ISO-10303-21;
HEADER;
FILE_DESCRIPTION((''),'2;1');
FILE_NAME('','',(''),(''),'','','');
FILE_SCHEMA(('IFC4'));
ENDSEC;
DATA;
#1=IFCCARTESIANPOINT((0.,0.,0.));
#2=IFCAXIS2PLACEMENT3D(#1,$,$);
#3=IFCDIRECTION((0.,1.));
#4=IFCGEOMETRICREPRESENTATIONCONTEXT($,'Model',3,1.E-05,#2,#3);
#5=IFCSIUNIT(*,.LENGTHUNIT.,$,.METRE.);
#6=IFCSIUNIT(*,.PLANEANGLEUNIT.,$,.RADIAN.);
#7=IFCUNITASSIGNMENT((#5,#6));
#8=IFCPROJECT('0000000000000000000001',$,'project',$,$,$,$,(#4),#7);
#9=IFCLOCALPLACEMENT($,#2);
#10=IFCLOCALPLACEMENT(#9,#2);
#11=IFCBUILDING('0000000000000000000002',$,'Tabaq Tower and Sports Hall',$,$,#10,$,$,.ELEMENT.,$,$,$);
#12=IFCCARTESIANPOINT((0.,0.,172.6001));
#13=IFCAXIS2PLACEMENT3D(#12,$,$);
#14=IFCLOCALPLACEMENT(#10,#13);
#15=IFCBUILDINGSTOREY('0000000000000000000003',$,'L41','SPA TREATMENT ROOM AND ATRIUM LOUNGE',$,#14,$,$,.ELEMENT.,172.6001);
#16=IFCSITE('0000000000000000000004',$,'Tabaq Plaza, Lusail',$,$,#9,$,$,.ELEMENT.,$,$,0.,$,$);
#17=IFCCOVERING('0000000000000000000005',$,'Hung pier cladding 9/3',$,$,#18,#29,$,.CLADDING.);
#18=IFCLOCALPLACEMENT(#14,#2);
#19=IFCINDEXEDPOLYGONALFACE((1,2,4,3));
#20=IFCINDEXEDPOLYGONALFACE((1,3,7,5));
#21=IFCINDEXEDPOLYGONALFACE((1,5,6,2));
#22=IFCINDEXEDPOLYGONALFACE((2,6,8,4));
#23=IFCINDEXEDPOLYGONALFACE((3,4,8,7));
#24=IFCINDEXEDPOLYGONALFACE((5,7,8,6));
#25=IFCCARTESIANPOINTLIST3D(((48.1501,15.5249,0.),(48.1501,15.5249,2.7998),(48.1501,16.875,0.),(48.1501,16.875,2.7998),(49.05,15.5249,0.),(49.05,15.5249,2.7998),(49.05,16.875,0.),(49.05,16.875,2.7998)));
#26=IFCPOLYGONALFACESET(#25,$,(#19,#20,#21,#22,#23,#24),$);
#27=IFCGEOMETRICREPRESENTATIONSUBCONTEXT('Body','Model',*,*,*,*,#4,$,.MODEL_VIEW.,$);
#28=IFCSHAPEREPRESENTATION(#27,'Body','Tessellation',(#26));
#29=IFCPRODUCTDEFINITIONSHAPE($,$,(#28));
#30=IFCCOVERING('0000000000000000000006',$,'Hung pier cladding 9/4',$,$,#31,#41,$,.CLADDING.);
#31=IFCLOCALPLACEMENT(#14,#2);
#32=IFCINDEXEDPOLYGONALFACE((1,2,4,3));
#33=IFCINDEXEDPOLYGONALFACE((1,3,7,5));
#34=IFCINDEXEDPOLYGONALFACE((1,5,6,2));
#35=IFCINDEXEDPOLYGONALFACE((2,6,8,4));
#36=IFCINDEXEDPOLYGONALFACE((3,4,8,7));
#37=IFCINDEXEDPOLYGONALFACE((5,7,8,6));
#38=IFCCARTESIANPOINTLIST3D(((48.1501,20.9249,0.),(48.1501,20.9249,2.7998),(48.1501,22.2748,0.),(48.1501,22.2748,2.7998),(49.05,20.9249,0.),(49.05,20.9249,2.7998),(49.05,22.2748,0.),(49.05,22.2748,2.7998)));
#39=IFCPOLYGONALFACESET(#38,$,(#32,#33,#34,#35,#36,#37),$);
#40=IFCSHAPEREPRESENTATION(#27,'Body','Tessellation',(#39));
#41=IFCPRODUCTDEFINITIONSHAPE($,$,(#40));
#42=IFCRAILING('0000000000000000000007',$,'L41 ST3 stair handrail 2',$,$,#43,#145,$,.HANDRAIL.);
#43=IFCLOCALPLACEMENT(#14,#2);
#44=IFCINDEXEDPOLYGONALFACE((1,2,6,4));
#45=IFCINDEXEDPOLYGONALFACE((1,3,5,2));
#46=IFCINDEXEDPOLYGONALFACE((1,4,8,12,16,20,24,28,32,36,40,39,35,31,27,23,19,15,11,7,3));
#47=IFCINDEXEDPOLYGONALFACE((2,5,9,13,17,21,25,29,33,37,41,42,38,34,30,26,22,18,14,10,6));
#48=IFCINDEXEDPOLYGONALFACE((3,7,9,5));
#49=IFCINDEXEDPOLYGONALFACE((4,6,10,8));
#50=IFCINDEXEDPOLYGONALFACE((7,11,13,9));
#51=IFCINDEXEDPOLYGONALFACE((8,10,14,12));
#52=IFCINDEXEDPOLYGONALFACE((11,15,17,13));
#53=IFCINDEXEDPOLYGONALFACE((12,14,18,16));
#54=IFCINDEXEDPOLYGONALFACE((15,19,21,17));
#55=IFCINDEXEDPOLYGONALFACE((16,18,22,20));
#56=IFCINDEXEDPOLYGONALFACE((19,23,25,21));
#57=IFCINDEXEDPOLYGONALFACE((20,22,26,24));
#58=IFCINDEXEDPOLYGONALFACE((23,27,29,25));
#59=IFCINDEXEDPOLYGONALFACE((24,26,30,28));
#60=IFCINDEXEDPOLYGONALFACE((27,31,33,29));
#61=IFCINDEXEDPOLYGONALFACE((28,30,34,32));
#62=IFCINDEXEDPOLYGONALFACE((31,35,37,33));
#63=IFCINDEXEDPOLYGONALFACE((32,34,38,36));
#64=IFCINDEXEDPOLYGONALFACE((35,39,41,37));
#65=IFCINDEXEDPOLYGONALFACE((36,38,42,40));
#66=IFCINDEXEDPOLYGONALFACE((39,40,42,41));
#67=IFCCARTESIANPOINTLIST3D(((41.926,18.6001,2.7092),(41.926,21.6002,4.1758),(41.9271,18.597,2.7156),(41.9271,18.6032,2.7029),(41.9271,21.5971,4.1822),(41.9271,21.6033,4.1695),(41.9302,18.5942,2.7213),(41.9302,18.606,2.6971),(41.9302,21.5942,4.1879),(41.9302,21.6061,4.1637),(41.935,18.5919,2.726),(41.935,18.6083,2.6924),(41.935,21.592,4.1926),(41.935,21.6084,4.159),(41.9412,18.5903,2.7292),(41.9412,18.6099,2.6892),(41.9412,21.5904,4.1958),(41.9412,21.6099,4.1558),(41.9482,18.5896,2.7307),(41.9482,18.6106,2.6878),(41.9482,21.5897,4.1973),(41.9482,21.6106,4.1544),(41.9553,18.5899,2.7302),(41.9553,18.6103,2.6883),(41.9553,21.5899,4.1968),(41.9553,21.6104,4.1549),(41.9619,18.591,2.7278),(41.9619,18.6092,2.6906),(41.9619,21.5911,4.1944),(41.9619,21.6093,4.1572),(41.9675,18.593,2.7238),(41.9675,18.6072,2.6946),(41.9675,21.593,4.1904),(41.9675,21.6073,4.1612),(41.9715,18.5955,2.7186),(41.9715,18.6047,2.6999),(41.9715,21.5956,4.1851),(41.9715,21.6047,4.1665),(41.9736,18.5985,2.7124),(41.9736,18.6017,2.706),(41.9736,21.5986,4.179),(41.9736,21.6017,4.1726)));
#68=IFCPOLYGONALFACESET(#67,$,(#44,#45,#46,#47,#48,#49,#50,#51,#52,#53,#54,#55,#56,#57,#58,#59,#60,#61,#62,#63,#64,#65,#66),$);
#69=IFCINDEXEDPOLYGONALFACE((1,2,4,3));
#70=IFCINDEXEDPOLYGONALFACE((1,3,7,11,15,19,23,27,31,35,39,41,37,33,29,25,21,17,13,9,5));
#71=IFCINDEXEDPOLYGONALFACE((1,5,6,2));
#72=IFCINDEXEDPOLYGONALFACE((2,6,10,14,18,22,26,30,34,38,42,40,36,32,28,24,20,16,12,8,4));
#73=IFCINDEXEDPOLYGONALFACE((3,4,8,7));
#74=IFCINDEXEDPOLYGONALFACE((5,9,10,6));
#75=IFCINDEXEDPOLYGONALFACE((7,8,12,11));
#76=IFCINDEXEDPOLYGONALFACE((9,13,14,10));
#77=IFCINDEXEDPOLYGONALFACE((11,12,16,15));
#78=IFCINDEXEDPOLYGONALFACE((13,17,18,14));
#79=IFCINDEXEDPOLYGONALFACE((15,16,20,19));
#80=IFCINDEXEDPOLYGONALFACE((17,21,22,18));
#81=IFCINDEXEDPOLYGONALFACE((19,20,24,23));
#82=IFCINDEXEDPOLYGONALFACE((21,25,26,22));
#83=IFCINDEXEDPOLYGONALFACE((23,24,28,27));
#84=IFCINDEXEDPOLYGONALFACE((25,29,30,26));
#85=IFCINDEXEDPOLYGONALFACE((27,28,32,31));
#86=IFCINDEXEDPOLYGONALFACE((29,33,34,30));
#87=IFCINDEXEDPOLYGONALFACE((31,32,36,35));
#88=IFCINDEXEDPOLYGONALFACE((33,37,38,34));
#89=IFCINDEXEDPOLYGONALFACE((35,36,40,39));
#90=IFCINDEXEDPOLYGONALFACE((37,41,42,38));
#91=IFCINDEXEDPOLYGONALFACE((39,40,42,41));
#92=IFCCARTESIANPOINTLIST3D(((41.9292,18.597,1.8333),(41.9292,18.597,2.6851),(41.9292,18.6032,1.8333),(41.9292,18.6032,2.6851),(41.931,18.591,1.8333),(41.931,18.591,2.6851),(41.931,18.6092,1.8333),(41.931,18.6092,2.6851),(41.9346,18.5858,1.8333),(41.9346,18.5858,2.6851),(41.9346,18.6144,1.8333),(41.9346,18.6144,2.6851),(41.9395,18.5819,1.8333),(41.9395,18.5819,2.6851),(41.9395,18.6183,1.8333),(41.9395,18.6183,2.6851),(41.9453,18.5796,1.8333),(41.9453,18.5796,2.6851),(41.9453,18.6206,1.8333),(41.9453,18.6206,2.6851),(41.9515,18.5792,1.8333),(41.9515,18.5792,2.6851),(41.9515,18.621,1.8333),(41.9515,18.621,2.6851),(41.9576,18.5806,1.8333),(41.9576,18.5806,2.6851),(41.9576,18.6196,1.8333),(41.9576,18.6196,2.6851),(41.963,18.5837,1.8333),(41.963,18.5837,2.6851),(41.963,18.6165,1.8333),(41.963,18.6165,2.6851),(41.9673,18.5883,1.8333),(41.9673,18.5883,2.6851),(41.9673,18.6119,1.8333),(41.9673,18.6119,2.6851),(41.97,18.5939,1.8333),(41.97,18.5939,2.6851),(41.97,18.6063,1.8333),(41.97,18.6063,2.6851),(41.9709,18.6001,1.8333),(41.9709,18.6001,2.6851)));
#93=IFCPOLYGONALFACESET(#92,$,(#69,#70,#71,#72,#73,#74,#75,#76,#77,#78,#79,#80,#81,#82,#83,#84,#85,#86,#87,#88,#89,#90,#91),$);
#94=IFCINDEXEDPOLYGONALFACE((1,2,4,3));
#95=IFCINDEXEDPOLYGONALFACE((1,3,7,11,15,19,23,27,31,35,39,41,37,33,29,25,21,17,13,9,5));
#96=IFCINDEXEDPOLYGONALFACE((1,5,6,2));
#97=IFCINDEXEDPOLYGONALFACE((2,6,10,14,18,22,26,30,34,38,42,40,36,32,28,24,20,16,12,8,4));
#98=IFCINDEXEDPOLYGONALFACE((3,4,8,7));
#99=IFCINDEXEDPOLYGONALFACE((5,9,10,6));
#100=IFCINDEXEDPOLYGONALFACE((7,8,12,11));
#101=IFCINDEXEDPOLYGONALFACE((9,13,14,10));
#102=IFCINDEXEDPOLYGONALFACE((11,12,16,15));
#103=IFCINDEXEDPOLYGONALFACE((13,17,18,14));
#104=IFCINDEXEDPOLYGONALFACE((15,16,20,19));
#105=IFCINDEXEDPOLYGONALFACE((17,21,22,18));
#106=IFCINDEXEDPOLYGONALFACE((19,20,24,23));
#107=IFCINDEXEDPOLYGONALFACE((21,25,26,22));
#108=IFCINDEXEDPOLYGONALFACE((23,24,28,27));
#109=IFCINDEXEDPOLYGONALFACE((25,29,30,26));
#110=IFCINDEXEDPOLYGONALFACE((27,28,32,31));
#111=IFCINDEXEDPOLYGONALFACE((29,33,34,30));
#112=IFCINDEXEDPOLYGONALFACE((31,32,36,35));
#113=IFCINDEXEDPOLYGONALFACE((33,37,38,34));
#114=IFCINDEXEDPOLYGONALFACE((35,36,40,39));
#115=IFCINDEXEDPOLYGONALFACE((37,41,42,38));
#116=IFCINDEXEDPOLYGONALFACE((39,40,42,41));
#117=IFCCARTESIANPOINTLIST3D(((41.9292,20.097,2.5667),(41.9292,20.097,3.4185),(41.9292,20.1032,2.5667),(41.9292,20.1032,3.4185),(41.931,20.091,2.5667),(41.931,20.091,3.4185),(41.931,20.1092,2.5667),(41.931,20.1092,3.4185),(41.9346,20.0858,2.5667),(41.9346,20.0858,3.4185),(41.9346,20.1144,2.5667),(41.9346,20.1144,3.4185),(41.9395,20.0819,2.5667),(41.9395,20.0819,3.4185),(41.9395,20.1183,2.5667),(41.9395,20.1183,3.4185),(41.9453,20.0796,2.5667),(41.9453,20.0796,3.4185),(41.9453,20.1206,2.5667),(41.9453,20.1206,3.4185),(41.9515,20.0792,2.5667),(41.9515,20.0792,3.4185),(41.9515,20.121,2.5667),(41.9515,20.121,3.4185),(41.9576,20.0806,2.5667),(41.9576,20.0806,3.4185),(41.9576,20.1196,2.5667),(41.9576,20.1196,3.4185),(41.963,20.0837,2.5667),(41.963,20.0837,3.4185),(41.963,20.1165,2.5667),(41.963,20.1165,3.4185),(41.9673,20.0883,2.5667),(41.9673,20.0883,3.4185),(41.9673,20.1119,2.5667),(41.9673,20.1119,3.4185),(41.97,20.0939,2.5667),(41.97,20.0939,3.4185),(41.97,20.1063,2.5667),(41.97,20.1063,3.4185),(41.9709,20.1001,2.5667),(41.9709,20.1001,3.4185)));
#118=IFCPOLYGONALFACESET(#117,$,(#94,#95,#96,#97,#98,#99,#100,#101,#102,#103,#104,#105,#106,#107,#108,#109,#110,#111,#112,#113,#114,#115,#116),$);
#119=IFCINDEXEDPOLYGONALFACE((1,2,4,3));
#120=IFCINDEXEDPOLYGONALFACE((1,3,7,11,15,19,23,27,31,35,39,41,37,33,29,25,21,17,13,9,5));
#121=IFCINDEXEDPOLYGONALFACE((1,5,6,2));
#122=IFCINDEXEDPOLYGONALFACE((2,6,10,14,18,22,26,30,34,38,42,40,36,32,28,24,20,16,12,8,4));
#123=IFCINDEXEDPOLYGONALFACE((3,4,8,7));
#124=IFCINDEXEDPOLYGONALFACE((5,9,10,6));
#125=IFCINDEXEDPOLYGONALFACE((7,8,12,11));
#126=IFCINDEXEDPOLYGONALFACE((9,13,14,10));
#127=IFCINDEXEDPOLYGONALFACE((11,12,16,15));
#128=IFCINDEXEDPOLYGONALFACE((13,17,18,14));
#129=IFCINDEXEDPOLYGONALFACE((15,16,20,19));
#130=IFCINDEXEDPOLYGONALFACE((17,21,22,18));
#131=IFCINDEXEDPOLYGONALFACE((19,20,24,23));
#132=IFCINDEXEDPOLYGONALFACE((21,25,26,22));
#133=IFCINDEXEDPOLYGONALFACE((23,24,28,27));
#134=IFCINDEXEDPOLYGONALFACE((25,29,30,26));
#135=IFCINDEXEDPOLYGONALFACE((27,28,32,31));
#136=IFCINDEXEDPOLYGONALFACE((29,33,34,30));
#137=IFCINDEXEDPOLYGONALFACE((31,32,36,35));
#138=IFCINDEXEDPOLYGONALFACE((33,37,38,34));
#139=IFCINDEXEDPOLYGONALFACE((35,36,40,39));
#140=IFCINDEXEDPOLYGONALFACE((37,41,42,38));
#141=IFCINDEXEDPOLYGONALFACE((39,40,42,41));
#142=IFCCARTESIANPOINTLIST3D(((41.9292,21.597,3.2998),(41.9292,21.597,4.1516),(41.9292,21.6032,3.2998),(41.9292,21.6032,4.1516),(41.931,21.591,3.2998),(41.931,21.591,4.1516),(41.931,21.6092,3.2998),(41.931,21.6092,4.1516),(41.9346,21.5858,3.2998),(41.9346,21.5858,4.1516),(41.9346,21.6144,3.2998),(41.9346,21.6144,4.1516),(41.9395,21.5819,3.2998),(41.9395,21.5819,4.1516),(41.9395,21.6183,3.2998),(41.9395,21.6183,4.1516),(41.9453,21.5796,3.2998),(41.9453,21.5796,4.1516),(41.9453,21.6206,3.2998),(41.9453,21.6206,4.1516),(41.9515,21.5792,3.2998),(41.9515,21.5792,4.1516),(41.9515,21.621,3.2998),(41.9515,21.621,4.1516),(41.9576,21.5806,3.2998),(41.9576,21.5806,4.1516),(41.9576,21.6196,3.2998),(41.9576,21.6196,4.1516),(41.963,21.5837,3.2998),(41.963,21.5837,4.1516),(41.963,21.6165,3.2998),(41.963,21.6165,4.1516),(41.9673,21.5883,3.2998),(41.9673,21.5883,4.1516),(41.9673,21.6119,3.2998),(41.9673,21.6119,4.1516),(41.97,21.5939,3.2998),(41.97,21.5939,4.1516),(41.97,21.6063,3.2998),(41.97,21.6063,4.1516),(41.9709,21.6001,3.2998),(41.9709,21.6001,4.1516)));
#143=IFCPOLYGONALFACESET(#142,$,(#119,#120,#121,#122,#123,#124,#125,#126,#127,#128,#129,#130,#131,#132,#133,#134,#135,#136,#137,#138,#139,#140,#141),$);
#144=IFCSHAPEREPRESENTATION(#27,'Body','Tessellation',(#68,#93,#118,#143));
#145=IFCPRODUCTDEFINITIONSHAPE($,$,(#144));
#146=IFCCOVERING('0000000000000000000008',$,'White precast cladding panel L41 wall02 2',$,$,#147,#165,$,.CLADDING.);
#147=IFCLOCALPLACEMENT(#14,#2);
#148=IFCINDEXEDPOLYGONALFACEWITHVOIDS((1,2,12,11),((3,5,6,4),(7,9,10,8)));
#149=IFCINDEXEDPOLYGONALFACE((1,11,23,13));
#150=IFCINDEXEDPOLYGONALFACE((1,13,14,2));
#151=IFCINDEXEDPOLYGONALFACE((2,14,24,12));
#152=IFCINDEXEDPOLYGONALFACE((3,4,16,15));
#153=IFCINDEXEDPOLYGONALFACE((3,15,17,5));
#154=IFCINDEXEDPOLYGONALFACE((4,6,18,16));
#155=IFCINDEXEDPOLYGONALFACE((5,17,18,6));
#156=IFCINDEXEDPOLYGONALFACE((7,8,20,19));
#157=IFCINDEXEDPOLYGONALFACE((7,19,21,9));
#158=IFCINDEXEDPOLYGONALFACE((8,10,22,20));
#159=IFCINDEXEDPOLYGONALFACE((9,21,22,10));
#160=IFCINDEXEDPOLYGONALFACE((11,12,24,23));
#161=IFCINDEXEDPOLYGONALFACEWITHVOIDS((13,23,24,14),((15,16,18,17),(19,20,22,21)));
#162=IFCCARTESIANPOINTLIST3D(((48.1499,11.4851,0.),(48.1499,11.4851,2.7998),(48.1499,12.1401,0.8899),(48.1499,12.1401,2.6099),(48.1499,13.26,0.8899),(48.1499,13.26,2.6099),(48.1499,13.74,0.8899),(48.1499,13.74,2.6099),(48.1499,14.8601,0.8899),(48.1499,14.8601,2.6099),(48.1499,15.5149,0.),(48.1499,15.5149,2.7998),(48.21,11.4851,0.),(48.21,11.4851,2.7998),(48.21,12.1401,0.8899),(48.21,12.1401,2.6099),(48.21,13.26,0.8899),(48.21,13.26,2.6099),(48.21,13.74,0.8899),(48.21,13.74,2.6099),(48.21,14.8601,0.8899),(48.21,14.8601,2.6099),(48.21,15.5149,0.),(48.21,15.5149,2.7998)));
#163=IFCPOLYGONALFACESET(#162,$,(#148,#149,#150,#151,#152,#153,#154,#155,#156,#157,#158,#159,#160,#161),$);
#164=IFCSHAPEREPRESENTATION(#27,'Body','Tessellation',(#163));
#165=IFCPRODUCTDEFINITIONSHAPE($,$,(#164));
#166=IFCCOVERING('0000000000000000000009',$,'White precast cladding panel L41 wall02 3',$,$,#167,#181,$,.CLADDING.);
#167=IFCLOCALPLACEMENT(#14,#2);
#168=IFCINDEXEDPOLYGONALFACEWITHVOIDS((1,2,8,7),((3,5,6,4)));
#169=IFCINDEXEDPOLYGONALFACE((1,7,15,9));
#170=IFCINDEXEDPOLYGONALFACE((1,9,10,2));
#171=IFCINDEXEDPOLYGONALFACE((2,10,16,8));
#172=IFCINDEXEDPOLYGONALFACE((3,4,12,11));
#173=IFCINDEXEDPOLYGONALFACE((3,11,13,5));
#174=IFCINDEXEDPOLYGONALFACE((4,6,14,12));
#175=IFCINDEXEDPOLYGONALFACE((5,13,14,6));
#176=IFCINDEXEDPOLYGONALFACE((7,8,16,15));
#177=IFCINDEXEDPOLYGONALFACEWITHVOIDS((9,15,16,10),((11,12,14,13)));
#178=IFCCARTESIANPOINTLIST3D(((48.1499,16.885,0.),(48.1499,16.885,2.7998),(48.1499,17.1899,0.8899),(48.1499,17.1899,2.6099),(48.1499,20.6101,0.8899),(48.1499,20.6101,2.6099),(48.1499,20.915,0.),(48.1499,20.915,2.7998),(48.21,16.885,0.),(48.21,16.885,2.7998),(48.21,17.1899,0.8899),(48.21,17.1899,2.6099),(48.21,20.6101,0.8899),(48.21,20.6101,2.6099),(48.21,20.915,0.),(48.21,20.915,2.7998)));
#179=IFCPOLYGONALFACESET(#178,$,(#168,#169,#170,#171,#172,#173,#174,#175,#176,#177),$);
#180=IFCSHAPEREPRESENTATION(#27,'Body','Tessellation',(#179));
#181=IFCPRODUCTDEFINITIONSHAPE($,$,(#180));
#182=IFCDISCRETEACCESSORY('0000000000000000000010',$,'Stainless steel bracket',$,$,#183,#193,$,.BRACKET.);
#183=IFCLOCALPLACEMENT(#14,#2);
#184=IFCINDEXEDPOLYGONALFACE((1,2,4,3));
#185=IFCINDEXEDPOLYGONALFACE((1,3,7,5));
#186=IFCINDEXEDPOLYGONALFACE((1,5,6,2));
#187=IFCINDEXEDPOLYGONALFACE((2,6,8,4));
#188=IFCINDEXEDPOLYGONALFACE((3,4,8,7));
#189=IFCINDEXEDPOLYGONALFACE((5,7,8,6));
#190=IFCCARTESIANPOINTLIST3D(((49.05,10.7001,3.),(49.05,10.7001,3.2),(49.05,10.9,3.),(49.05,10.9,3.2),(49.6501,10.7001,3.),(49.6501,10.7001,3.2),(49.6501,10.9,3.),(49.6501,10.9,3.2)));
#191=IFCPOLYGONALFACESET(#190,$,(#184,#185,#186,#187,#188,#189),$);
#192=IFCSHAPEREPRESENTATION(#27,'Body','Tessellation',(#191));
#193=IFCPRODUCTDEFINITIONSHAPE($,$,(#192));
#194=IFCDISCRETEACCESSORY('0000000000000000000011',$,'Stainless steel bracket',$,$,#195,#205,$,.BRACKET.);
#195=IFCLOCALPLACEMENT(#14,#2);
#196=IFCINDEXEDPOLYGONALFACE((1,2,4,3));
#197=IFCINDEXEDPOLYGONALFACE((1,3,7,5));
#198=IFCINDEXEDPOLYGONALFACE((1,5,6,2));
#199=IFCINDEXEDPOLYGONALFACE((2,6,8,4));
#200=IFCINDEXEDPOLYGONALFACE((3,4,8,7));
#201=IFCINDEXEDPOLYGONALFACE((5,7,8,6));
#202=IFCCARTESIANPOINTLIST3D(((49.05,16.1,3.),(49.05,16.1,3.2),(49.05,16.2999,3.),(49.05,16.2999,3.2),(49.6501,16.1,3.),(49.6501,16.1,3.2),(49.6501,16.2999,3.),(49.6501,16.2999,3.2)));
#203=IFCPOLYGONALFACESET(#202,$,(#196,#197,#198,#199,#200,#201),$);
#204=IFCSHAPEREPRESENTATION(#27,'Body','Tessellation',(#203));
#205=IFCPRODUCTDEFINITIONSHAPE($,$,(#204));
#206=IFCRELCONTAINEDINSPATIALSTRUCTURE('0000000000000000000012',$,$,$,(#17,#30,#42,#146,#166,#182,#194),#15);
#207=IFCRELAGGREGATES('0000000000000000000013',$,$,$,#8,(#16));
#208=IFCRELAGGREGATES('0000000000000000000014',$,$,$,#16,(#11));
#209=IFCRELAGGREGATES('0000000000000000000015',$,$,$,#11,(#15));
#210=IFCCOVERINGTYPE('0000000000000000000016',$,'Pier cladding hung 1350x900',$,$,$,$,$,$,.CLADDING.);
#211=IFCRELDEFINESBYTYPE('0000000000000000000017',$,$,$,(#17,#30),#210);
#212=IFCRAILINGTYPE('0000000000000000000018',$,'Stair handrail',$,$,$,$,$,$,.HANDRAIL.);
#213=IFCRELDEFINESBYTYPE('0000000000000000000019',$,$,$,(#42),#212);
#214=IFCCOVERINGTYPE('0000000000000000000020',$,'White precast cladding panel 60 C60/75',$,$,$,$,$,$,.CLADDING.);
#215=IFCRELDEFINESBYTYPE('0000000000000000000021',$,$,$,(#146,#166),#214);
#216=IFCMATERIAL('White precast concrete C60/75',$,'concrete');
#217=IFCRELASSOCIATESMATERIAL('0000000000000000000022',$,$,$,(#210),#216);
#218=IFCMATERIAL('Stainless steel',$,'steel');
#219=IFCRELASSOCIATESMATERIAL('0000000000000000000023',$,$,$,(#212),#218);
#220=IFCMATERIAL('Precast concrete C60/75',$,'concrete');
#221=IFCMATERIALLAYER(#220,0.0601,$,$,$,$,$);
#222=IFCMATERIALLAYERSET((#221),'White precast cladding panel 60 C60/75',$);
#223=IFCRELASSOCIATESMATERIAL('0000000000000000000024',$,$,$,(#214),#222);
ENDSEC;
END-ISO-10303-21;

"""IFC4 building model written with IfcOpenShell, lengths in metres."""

from ifc_helpers import new_model, si_unit, direction, frame, frame_2d, origin, origin_2d, place, context, subcontext, project, spatial, polyline, rectangle, circle, outline, extrude, material, layer, layer_set, type_object, element, save


model = new_model("IFC4")

# Units and contexts
model_context = context("Model", 3, precision=1e-05, world=origin(), true_north=direction((0.0, 1.0)))
body_context = subcontext(model_context, "Body", "Model", "MODEL_VIEW")
ifc_project = project(units=[si_unit("LENGTHUNIT", "METRE"), si_unit("PLANEANGLEUNIT", "RADIAN")], contexts=[model_context])

# Site, building, storey
site_placement = place(None, origin())
site = spatial("IfcSite", under=ifc_project, at=site_placement, Name="Tabaq Plaza, Lusail", CompositionType="ELEMENT", RefElevation=0.0)
building_placement = place(site_placement, origin())
building = spatial("IfcBuilding", under=site, at=building_placement, Name="Tabaq Tower and Sports Hall", CompositionType="ELEMENT")
storey_placement = place(building_placement, frame((0.0, 0.0, 172.6001)))
storey = spatial("IfcBuildingStorey", under=building, at=storey_placement, Name="L41", Description="SPA TREATMENT ROOM AND ATRIUM LOUNGE", CompositionType="ELEMENT", Elevation=172.6001)

# Coverings
ifc_material_1 = material(Name="White precast concrete C60/75", Category="concrete")
covering_type_1 = type_object("IfcCoveringType", Name="Pier cladding hung 1350x900", PredefinedType="CLADDING", material=ifc_material_1)
covering_1_placement = place(storey_placement, frame((48.6001, 15.5249, 0.0), z_axis=(0.0, 0.0, 1.0), x_axis=(0.0, 1.0, 0.0)))
element("IfcCovering", 1, at=covering_1_placement, inside=storey, type_object=covering_type_1, Name="Hung pier cladding 9/3", PredefinedType="CLADDING", context=body_context, shape_type="SweptSolid", body=[
    extrude(rectangle(XDim=1.3501, YDim=0.8999, at=frame_2d((0.675, 0.0))), origin(), (0.0, 0.0, 1.0), 2.7998),
])
covering_2_placement = place(storey_placement, frame((48.6001, 20.925, 0.0), z_axis=(0.0, 0.0, 1.0), x_axis=(0.0, 1.0, 0.0)))
element("IfcCovering", 2, at=covering_2_placement, inside=storey, type_object=covering_type_1, Name="Hung pier cladding 9/4", PredefinedType="CLADDING", context=body_context, shape_type="SweptSolid", body=[
    extrude(rectangle(XDim=1.3499, YDim=0.8999, at=frame_2d((0.6748, 0.0))), origin(), (0.0, 0.0, 1.0), 2.7998),
])

# Railing
ifc_material_2 = material(Name="Stainless steel", Category="steel")
railing_type = type_object("IfcRailingType", Name="Stair handrail", PredefinedType="HANDRAIL", material=ifc_material_2)
railing_placement = place(storey_placement, frame((41.95, 18.6001, 1.8333)))
element("IfcRailing", 3, at=railing_placement, inside=storey, type_object=railing_type, Name="L41 ST3 stair handrail 2", PredefinedType="HANDRAIL", context=body_context, shape_type="SweptSolid", body=[
    extrude(circle(Radius=0.0239, at=origin_2d()), frame((0.0, 0.0, 0.876), z_axis=(0.0, 0.898398, 0.439183), x_axis=(-1.0, 0.0, 0.0)), (0.0, 0.0, 1.0), 3.3394),
    extrude(circle(Radius=0.021, at=origin_2d()), origin(), (0.0, 0.0, 1.0), 0.8518),
    extrude(circle(Radius=0.021, at=origin_2d()), frame((0.0, 1.5, 0.7334)), (0.0, 0.0, 1.0), 0.8518),
    extrude(circle(Radius=0.021, at=origin_2d()), frame((0.0, 3.0, 1.4666)), (0.0, 0.0, 1.0), 0.8518),
])

# Coverings
ifc_material_3 = material(Name="Precast concrete C60/75", Category="concrete")
ifc_layer_1 = layer(ifc_material_3, 0.0601)
ifc_layer_set_1 = layer_set([ifc_layer_1], Name="White precast cladding panel 60 C60/75")
covering_type_2 = type_object("IfcCoveringType", Name="White precast cladding panel 60 C60/75", PredefinedType="CLADDING", material=ifc_layer_set_1)
covering_3_placement = place(storey_placement, frame((48.1799, 11.4851, 0.0), z_axis=(0.0, 0.0, 1.0), x_axis=(0.0, 1.0, 0.0)))
element("IfcCovering", 4, at=covering_3_placement, inside=storey, type_object=covering_type_2, Name="White precast cladding panel L41 wall02 2", PredefinedType="CLADDING", context=body_context, shape_type="SweptSolid", body=[
    extrude(outline(polyline([(0.0, 0.0), (4.0298, 0.0), (4.0298, 2.7998), (0.0, 2.7998), (0.0, 0.0)]), holes=[polyline([(0.655, 2.6099), (1.7749, 2.6099), (1.7749, 0.8899), (0.655, 0.8899), (0.655, 2.6099)]), polyline([(2.2549, 2.6099), (3.375, 2.6099), (3.375, 0.8899), (2.2549, 0.8899), (2.2549, 2.6099)])]), frame((0.0, 0.03, 0.0), z_axis=(0.0, -1.0, 0.0), x_axis=(1.0, 0.0, 0.0)), (0.0, 0.0, 1.0), 0.0601),
])
covering_4_placement = place(storey_placement, frame((48.1799, 16.885, 0.0), z_axis=(0.0, 0.0, 1.0), x_axis=(0.0, 1.0, 0.0)))
element("IfcCovering", 5, at=covering_4_placement, inside=storey, type_object=covering_type_2, Name="White precast cladding panel L41 wall02 3", PredefinedType="CLADDING", context=body_context, shape_type="SweptSolid", body=[
    extrude(outline(polyline([(0.0, 0.0), (4.03, 0.0), (4.03, 2.7998), (0.0, 2.7998), (0.0, 0.0)]), holes=[polyline([(0.3049, 0.8899), (0.3049, 2.6099), (3.7251, 2.6099), (3.7251, 0.8899), (0.3049, 0.8899)])]), frame((0.0, 0.03, 0.0), z_axis=(0.0, -1.0, 0.0), x_axis=(1.0, 0.0, 0.0)), (0.0, 0.0, 1.0), 0.0601),
])

# Discrete accessories
for number, where, z_axis, x_axis, name in (
    (6, (49.3501, 10.8, 3.0), (0.0, 0.0, 1.0), (1.0, 0.0, 0.0), "Stainless steel bracket"),
    (7, (49.3501, 16.2, 3.0), (0.0, 0.0, 1.0), (1.0, 0.0, 0.0), "Stainless steel bracket"),
):
    element("IfcDiscreteAccessory", number, at=place(storey_placement, frame(where, z_axis=z_axis, x_axis=x_axis)), inside=storey, Name=name, PredefinedType="BRACKET", context=body_context, shape_type="SweptSolid", body=[
        extrude(rectangle(XDim=0.6001, YDim=0.2, at=origin_2d()), origin(), (0.0, 0.0, 1.0), 0.2),
    ])

save(model, "model.ifc")
